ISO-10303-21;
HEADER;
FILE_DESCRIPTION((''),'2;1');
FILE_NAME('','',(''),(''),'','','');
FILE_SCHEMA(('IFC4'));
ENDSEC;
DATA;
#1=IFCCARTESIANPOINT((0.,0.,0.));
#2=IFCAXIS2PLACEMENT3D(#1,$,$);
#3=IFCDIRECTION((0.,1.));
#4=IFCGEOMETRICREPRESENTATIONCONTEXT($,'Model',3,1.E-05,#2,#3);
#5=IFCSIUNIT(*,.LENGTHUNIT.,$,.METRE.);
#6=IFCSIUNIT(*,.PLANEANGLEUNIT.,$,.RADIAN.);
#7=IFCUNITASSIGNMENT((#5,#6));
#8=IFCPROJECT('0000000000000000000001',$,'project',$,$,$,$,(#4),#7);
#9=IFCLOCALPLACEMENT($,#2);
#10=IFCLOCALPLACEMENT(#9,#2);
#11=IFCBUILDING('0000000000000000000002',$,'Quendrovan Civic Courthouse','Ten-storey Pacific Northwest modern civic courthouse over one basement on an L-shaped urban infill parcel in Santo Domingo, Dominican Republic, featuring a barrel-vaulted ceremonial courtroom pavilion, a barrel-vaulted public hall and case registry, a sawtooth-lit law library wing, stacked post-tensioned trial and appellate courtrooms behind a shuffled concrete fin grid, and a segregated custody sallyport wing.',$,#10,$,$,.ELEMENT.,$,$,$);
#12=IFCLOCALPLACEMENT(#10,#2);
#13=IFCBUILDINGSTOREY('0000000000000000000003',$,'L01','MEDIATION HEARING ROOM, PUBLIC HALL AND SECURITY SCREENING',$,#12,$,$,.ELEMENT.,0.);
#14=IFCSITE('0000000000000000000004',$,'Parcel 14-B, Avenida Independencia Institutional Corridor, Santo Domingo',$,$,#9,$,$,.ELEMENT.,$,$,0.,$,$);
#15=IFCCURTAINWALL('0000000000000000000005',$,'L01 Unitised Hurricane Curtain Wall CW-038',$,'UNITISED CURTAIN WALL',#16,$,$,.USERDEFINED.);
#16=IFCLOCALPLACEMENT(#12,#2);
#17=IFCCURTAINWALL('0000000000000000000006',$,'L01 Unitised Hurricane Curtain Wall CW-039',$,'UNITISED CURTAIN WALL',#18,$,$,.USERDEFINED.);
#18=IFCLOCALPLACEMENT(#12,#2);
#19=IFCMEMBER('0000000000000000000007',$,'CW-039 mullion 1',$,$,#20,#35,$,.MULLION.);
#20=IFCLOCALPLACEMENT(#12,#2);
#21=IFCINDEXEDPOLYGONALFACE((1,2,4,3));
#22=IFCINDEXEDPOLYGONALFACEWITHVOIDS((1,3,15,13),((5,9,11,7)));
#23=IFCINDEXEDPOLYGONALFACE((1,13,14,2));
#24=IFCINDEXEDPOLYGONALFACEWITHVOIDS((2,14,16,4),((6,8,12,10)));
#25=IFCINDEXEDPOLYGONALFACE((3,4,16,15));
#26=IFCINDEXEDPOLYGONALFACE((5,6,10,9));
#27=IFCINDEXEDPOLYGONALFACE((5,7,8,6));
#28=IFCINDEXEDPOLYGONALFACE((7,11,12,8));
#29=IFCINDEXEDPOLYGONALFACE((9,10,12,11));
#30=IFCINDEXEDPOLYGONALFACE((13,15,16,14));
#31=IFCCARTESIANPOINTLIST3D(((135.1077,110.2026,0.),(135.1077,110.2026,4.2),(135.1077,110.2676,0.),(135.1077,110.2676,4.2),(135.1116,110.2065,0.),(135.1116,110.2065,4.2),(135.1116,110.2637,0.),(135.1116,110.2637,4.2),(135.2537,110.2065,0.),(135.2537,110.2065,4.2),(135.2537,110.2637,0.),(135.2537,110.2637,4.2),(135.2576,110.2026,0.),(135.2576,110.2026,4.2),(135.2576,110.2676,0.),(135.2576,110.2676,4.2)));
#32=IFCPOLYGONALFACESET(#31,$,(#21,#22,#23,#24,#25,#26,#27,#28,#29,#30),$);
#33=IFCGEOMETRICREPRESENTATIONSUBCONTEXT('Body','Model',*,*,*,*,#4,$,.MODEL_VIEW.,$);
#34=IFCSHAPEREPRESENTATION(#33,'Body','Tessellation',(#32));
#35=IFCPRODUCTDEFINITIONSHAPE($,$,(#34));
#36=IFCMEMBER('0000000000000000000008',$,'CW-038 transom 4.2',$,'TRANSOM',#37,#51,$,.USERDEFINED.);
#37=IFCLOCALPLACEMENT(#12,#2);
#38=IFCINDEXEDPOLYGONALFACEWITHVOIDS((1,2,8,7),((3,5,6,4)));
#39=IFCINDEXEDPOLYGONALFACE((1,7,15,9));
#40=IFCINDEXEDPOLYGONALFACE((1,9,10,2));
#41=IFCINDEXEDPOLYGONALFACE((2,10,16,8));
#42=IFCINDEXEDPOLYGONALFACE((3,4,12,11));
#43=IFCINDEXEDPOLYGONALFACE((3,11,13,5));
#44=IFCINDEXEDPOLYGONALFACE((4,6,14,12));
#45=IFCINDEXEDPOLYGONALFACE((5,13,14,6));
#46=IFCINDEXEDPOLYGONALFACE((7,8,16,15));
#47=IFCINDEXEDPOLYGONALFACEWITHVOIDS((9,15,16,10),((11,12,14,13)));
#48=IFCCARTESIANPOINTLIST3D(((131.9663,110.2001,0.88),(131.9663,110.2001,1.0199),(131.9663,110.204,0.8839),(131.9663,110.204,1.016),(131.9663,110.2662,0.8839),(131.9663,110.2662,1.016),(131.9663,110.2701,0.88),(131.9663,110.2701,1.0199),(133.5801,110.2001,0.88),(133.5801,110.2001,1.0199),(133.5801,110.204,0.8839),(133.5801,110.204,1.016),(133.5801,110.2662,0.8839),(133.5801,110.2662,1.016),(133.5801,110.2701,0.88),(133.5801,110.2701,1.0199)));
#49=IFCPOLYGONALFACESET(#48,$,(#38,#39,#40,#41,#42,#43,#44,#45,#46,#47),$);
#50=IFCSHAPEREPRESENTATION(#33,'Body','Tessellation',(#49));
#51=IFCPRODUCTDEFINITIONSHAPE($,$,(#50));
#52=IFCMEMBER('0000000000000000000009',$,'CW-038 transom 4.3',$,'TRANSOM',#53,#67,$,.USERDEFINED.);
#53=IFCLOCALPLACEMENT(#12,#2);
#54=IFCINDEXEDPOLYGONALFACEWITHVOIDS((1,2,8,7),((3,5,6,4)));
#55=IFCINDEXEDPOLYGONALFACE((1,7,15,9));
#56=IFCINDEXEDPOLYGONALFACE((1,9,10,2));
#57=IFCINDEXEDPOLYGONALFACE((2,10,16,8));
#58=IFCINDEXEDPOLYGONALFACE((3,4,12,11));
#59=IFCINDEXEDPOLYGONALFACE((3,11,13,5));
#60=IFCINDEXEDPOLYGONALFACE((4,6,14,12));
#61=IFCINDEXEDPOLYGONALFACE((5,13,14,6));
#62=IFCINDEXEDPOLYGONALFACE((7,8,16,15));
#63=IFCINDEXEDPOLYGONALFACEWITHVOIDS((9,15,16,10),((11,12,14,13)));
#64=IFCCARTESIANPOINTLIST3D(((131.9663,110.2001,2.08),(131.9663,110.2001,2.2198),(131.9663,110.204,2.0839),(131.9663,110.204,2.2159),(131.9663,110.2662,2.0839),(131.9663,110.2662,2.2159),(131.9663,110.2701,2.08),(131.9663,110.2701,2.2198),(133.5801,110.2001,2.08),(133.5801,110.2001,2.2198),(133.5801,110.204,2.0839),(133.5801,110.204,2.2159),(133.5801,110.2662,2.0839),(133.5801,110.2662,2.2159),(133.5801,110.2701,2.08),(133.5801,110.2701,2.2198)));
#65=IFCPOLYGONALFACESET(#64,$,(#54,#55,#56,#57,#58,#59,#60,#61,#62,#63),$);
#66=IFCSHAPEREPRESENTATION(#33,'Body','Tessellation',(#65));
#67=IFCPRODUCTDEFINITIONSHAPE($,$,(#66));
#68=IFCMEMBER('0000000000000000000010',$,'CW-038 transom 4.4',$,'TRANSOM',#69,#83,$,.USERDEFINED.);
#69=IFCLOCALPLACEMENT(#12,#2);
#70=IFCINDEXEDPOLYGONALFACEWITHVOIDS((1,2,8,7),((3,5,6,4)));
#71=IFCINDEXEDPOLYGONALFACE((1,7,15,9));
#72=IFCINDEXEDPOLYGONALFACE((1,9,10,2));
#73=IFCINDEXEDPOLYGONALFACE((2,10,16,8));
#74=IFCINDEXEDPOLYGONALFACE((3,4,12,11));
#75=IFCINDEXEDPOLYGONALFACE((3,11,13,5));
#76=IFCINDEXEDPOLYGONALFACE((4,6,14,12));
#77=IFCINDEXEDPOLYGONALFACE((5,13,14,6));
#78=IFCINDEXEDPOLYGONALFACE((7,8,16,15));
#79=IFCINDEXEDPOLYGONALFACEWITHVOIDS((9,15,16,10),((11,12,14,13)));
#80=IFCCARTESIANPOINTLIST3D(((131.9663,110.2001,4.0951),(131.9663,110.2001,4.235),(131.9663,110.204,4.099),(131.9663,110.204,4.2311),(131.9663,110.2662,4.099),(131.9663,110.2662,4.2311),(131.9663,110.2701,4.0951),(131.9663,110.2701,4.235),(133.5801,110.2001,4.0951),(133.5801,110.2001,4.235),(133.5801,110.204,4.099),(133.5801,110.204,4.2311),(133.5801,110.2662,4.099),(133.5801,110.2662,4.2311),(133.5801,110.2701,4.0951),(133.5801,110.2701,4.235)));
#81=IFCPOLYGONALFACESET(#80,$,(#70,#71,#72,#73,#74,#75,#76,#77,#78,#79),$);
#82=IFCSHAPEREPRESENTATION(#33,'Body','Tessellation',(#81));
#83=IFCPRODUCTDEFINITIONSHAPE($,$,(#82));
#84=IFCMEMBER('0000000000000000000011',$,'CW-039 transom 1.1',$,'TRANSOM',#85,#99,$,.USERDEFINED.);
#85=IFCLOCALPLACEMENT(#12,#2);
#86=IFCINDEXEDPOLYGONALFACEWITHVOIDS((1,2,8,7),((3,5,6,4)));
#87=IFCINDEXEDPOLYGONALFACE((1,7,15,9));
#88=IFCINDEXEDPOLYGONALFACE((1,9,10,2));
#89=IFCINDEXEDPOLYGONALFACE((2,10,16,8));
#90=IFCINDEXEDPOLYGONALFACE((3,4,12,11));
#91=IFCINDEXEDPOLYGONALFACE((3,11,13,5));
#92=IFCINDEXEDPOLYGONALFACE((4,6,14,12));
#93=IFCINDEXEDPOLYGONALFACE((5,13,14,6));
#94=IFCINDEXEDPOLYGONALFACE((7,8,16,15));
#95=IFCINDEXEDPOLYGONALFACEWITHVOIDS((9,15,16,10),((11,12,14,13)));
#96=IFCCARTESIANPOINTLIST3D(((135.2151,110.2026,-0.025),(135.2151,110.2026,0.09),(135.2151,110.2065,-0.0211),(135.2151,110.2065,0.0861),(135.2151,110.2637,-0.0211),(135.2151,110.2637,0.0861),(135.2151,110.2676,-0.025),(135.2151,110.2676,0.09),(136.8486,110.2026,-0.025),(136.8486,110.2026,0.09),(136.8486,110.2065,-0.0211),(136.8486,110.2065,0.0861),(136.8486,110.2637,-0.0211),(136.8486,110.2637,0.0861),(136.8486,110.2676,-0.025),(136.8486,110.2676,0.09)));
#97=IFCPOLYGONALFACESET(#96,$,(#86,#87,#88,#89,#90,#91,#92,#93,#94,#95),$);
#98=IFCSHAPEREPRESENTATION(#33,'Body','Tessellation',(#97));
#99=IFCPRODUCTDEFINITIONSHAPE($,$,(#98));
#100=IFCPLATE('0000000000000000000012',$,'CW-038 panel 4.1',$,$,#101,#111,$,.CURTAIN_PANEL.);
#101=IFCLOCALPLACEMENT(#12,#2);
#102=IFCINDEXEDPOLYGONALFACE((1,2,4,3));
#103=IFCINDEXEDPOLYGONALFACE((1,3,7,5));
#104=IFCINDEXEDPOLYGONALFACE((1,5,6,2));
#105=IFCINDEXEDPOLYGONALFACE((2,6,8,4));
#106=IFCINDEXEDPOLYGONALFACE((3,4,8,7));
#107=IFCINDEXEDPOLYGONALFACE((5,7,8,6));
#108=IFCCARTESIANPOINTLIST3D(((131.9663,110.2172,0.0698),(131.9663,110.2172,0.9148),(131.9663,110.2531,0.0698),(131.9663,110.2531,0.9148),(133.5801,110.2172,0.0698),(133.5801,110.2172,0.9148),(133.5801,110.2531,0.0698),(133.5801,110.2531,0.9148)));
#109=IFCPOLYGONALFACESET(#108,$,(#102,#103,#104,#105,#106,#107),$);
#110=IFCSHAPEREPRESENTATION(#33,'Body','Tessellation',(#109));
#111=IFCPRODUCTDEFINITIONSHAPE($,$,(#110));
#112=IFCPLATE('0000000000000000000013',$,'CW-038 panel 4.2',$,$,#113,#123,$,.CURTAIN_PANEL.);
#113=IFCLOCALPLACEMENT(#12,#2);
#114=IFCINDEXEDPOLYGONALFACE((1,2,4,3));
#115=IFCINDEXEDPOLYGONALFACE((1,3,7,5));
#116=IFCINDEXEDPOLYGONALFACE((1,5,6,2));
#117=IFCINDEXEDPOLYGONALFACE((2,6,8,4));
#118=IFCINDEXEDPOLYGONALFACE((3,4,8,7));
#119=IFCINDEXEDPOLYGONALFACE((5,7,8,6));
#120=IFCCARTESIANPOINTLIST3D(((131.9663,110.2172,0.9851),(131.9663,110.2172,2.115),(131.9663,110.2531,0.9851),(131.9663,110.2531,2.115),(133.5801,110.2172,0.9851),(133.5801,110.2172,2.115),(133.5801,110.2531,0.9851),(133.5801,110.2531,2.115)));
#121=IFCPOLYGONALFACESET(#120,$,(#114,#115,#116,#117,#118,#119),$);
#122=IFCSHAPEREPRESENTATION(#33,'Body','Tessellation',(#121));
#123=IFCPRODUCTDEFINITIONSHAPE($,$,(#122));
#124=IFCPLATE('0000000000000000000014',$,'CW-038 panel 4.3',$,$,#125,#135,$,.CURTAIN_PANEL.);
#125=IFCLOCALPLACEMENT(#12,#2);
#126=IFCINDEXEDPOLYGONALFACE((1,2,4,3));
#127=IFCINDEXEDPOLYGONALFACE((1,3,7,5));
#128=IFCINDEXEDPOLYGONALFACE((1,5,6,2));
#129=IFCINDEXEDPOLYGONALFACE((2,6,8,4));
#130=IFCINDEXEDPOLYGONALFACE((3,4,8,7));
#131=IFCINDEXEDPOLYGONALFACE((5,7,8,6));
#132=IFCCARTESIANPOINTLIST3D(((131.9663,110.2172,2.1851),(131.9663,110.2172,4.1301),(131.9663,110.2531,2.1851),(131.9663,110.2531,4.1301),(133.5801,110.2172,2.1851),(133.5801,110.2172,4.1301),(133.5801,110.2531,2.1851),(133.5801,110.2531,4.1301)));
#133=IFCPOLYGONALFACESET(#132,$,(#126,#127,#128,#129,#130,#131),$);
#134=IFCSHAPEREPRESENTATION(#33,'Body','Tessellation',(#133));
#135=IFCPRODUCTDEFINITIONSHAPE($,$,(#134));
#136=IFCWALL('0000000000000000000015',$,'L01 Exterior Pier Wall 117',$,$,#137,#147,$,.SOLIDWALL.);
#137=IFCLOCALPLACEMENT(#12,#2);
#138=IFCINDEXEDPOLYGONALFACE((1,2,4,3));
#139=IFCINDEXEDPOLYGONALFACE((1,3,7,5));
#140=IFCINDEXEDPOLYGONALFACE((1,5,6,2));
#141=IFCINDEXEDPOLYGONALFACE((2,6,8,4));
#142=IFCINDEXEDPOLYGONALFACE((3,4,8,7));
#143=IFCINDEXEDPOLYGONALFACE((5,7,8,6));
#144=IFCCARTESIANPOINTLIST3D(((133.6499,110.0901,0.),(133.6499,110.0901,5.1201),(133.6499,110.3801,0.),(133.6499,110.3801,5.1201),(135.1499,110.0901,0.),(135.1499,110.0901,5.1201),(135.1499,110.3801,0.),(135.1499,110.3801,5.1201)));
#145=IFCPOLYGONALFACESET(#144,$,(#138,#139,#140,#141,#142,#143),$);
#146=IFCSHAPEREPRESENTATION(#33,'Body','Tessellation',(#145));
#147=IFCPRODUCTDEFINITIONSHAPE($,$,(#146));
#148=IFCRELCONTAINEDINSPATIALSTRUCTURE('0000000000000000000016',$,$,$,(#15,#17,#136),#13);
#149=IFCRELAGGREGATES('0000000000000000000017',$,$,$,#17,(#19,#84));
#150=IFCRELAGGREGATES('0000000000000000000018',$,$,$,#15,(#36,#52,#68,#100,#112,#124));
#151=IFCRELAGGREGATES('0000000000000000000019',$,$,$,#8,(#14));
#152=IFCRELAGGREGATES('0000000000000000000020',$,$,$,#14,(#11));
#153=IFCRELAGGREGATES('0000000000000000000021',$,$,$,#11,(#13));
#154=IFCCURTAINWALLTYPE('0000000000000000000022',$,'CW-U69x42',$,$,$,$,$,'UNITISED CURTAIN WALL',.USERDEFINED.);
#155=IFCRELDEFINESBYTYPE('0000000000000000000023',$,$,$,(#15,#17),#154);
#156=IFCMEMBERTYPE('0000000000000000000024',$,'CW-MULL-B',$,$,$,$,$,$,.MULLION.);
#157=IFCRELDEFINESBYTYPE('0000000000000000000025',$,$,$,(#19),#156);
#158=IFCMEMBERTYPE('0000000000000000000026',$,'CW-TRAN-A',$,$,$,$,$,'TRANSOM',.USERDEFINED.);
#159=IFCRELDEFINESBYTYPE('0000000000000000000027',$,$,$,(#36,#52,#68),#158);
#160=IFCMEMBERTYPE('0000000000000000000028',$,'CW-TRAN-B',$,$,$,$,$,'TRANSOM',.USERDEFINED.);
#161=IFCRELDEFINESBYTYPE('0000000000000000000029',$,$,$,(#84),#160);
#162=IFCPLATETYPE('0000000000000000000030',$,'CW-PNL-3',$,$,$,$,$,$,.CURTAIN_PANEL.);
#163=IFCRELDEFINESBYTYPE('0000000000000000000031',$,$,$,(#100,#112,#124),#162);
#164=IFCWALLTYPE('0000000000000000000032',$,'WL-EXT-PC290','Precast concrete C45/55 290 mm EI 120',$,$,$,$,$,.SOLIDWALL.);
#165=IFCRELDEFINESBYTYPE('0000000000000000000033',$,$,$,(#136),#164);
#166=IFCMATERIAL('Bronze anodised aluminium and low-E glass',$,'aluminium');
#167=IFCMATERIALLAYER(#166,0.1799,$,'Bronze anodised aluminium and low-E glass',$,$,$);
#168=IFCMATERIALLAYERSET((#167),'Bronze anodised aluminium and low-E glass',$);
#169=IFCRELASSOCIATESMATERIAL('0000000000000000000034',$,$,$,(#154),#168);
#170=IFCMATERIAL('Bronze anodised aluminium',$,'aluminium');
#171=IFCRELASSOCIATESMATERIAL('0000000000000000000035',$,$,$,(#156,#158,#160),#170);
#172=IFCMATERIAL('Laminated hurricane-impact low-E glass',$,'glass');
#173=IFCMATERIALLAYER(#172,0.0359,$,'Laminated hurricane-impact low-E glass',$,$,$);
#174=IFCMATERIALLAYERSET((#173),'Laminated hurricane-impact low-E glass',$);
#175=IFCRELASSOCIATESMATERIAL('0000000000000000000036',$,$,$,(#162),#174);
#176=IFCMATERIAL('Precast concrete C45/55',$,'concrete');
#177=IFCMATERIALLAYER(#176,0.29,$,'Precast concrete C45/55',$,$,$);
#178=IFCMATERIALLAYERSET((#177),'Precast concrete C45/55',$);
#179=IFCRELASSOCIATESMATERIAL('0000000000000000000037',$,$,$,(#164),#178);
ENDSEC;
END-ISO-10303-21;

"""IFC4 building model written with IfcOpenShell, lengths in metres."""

from ifc_helpers import new_model, si_unit, direction, frame, frame_2d, origin, origin_2d, place, context, subcontext, project, spatial, rectangle, hollow_rectangle, extrude, material, layer, layer_set, material_profile, profile_set, type_object, element, aggregate, save


model = new_model("IFC4")

# Units and contexts
model_context = context("Model", 3, precision=1e-05, world=origin(), true_north=direction((0.0, 1.0)))
body_context = subcontext(model_context, "Body", "Model", "MODEL_VIEW")
ifc_project = project(units=[si_unit("LENGTHUNIT", "METRE"), si_unit("PLANEANGLEUNIT", "RADIAN")], contexts=[model_context])

# Site, building, storey
site_placement = place(None, origin())
site = spatial("IfcSite", under=ifc_project, at=site_placement, Name="Parcel 14-B, Avenida Independencia Institutional Corridor, Santo Domingo", CompositionType="ELEMENT", RefElevation=0.0)
building_placement = place(site_placement, origin())
building = spatial("IfcBuilding", under=site, at=building_placement, Name="Quendrovan Civic Courthouse", Description="Ten-storey Pacific Northwest modern civic courthouse over one basement on an L-shaped urban infill parcel in Santo Domingo, Dominican Republic, featuring a barrel-vaulted ceremonial courtroom pavilion, a barrel-vaulted public hall and case registry, a sawtooth-lit law library wing, stacked post-tensioned trial and appellate courtrooms behind a shuffled concrete fin grid, and a segregated custody sallyport wing.", CompositionType="ELEMENT")
storey_placement = place(building_placement, origin())
storey = spatial("IfcBuildingStorey", under=building, at=storey_placement, Name="L01", Description="MEDIATION HEARING ROOM, PUBLIC HALL AND SECURITY SCREENING", CompositionType="ELEMENT", Elevation=0.0)

# Curtain walls, member
ifc_material_1 = material(Name="Bronze anodised aluminium and low-E glass", Category="aluminium")
ifc_layer_1 = layer(ifc_material_1, 0.1799, Name="Bronze anodised aluminium and low-E glass")
ifc_layer_set_1 = layer_set([ifc_layer_1], Name="Bronze anodised aluminium and low-E glass")
curtain_wall_type = type_object("IfcCurtainWallType", Name="CW-U69x42", ElementType="UNITISED CURTAIN WALL", PredefinedType="USERDEFINED", material=ifc_layer_set_1)
curtain_wall_1_placement = place(storey_placement, origin())
curtain_wall_1 = element("IfcCurtainWall", 1, at=curtain_wall_1_placement, inside=storey, type_object=curtain_wall_type, Name="L01 Unitised Hurricane Curtain Wall CW-038", ObjectType="UNITISED CURTAIN WALL", PredefinedType="USERDEFINED")
ifc_material_2 = material(Name="Bronze anodised aluminium", Category="aluminium")
curtain_wall_2_placement = place(storey_placement, origin())
curtain_wall_2 = element("IfcCurtainWall", 2, at=curtain_wall_2_placement, inside=storey, type_object=curtain_wall_type, Name="L01 Unitised Hurricane Curtain Wall CW-039", ObjectType="UNITISED CURTAIN WALL", PredefinedType="USERDEFINED")
ifc_material_profile_1 = material_profile(ifc_material_2, hollow_rectangle(XDim=0.0649, YDim=0.1499, WallThickness=0.0039, at=origin_2d()), Name="CW-MULL-65x150")
ifc_profile_set_1 = profile_set([ifc_material_profile_1], Name="Bronze anodised aluminium")
member_type_1 = type_object("IfcMemberType", Name="CW-MULL-B", PredefinedType="MULLION", material=ifc_profile_set_1)
member_1_placement = place(storey_placement, frame((135.1826, 110.2351, 0.0), z_axis=(0.0, 0.0, 1.0), x_axis=(0.0, 1.0, 0.0)))
member_1 = element("IfcMember", 3, at=member_1_placement, type_object=member_type_1, Name="CW-039 mullion 1", PredefinedType="MULLION", context=body_context, shape_type="SweptSolid", body=[
    extrude(hollow_rectangle(XDim=0.0649, YDim=0.1499, WallThickness=0.0039, at=origin_2d()), origin(), (0.0, 0.0, 1.0), 4.2),
])

# Members
ifc_material_profile_2 = material_profile(ifc_material_2, hollow_rectangle(XDim=0.0701, YDim=0.1399, WallThickness=0.0039, at=origin_2d()), Name="CW-TRAN-70x140")
ifc_profile_set_2 = profile_set([ifc_material_profile_2], Name="Bronze anodised aluminium")
member_type_2 = type_object("IfcMemberType", Name="CW-TRAN-A", ElementType="TRANSOM", PredefinedType="USERDEFINED", material=ifc_profile_set_2)
member_2_placement = place(storey_placement, frame((131.9663, 110.2351, 0.95), z_axis=(1.0, 0.0, 0.0), x_axis=(0.0, 1.0, 0.0)))
member_2 = element("IfcMember", 4, at=member_2_placement, type_object=member_type_2, Name="CW-038 transom 4.2", ObjectType="TRANSOM", PredefinedType="USERDEFINED", context=body_context, shape_type="SweptSolid", body=[
    extrude(hollow_rectangle(XDim=0.0701, YDim=0.1399, WallThickness=0.0039, at=origin_2d()), origin(), (0.0, 0.0, 1.0), 1.6138),
])
member_3_placement = place(storey_placement, frame((131.9663, 110.2351, 2.1499), z_axis=(1.0, 0.0, 0.0), x_axis=(0.0, 1.0, 0.0)))
member_3 = element("IfcMember", 5, at=member_3_placement, type_object=member_type_2, Name="CW-038 transom 4.3", ObjectType="TRANSOM", PredefinedType="USERDEFINED", context=body_context, shape_type="SweptSolid", body=[
    extrude(hollow_rectangle(XDim=0.0701, YDim=0.1399, WallThickness=0.0039, at=origin_2d()), origin(), (0.0, 0.0, 1.0), 1.6138),
])
member_4_placement = place(storey_placement, frame((131.9663, 110.2351, 4.165), z_axis=(1.0, 0.0, 0.0), x_axis=(0.0, 1.0, 0.0)))
member_4 = element("IfcMember", 6, at=member_4_placement, type_object=member_type_2, Name="CW-038 transom 4.4", ObjectType="TRANSOM", PredefinedType="USERDEFINED", context=body_context, shape_type="SweptSolid", body=[
    extrude(hollow_rectangle(XDim=0.0701, YDim=0.1399, WallThickness=0.0039, at=origin_2d()), origin(), (0.0, 0.0, 1.0), 1.6138),
])
ifc_material_profile_3 = material_profile(ifc_material_2, hollow_rectangle(XDim=0.0649, YDim=0.115, WallThickness=0.0039, at=origin_2d()), Name="CW-TRAN-65x115")
ifc_profile_set_3 = profile_set([ifc_material_profile_3], Name="Bronze anodised aluminium")
member_type_3 = type_object("IfcMemberType", Name="CW-TRAN-B", ElementType="TRANSOM", PredefinedType="USERDEFINED", material=ifc_profile_set_3)
member_5_placement = place(storey_placement, frame((135.2151, 110.2351, 0.0325), z_axis=(1.0, 0.0, 0.0), x_axis=(0.0, 1.0, 0.0)))
member_5 = element("IfcMember", 7, at=member_5_placement, type_object=member_type_3, Name="CW-039 transom 1.1", ObjectType="TRANSOM", PredefinedType="USERDEFINED", context=body_context, shape_type="SweptSolid", body=[
    extrude(hollow_rectangle(XDim=0.0649, YDim=0.115, WallThickness=0.0039, at=origin_2d()), origin(), (0.0, 0.0, 1.0), 1.6335),
])
aggregate(curtain_wall_2, [member_1, member_5])

# Plates
ifc_material_3 = material(Name="Laminated hurricane-impact low-E glass", Category="glass")
ifc_layer_2 = layer(ifc_material_3, 0.0359, Name="Laminated hurricane-impact low-E glass")
ifc_layer_set_2 = layer_set([ifc_layer_2], Name="Laminated hurricane-impact low-E glass")
plate_type = type_object("IfcPlateType", Name="CW-PNL-3", PredefinedType="CURTAIN_PANEL", material=ifc_layer_set_2)
plate_1_placement = place(storey_placement, frame((132.7732, 110.2351, 0.0698), z_axis=(0.0, 0.0, 1.0), x_axis=(1.0, 0.0, 0.0)))
plate_1 = element("IfcPlate", 8, at=plate_1_placement, type_object=plate_type, Name="CW-038 panel 4.1", PredefinedType="CURTAIN_PANEL", context=body_context, shape_type="SweptSolid", body=[
    extrude(rectangle(XDim=1.6138, YDim=0.0359, at=origin_2d()), origin(), (0.0, 0.0, 1.0), 0.845),
])
plate_2_placement = place(storey_placement, frame((132.7732, 110.2351, 0.9851), z_axis=(0.0, 0.0, 1.0), x_axis=(1.0, 0.0, 0.0)))
plate_2 = element("IfcPlate", 9, at=plate_2_placement, type_object=plate_type, Name="CW-038 panel 4.2", PredefinedType="CURTAIN_PANEL", context=body_context, shape_type="SweptSolid", body=[
    extrude(rectangle(XDim=1.6138, YDim=0.0359, at=origin_2d()), origin(), (0.0, 0.0, 1.0), 1.1299),
])
plate_3_placement = place(storey_placement, frame((132.7732, 110.2351, 2.1851), z_axis=(0.0, 0.0, 1.0), x_axis=(1.0, 0.0, 0.0)))
plate_3 = element("IfcPlate", 10, at=plate_3_placement, type_object=plate_type, Name="CW-038 panel 4.3", PredefinedType="CURTAIN_PANEL", context=body_context, shape_type="SweptSolid", body=[
    extrude(rectangle(XDim=1.6138, YDim=0.0359, at=origin_2d()), origin(), (0.0, 0.0, 1.0), 1.9451),
])
aggregate(curtain_wall_1, [member_2, member_3, member_4, plate_1, plate_2, plate_3])

# Wall
ifc_material_4 = material(Name="Precast concrete C45/55", Category="concrete")
ifc_layer_3 = layer(ifc_material_4, 0.29, Name="Precast concrete C45/55")
ifc_layer_set_3 = layer_set([ifc_layer_3], Name="Precast concrete C45/55")
wall_type = type_object("IfcWallType", Name="WL-EXT-PC290", Description="Precast concrete C45/55 290 mm EI 120", PredefinedType="SOLIDWALL", material=ifc_layer_set_3)
wall_placement = place(storey_placement, frame((133.6499, 110.2351, 0.0), z_axis=(0.0, 0.0, 1.0), x_axis=(1.0, 0.0, 0.0)))
element("IfcWall", 11, at=wall_placement, inside=storey, type_object=wall_type, Name="L01 Exterior Pier Wall 117", PredefinedType="SOLIDWALL", context=body_context, shape_type="SweptSolid", body=[
    extrude(rectangle(XDim=1.5, YDim=0.29, at=frame_2d((0.75, 0.0))), origin(), (0.0, 0.0, 1.0), 5.1201),
])

save(model, "model.ifc")
